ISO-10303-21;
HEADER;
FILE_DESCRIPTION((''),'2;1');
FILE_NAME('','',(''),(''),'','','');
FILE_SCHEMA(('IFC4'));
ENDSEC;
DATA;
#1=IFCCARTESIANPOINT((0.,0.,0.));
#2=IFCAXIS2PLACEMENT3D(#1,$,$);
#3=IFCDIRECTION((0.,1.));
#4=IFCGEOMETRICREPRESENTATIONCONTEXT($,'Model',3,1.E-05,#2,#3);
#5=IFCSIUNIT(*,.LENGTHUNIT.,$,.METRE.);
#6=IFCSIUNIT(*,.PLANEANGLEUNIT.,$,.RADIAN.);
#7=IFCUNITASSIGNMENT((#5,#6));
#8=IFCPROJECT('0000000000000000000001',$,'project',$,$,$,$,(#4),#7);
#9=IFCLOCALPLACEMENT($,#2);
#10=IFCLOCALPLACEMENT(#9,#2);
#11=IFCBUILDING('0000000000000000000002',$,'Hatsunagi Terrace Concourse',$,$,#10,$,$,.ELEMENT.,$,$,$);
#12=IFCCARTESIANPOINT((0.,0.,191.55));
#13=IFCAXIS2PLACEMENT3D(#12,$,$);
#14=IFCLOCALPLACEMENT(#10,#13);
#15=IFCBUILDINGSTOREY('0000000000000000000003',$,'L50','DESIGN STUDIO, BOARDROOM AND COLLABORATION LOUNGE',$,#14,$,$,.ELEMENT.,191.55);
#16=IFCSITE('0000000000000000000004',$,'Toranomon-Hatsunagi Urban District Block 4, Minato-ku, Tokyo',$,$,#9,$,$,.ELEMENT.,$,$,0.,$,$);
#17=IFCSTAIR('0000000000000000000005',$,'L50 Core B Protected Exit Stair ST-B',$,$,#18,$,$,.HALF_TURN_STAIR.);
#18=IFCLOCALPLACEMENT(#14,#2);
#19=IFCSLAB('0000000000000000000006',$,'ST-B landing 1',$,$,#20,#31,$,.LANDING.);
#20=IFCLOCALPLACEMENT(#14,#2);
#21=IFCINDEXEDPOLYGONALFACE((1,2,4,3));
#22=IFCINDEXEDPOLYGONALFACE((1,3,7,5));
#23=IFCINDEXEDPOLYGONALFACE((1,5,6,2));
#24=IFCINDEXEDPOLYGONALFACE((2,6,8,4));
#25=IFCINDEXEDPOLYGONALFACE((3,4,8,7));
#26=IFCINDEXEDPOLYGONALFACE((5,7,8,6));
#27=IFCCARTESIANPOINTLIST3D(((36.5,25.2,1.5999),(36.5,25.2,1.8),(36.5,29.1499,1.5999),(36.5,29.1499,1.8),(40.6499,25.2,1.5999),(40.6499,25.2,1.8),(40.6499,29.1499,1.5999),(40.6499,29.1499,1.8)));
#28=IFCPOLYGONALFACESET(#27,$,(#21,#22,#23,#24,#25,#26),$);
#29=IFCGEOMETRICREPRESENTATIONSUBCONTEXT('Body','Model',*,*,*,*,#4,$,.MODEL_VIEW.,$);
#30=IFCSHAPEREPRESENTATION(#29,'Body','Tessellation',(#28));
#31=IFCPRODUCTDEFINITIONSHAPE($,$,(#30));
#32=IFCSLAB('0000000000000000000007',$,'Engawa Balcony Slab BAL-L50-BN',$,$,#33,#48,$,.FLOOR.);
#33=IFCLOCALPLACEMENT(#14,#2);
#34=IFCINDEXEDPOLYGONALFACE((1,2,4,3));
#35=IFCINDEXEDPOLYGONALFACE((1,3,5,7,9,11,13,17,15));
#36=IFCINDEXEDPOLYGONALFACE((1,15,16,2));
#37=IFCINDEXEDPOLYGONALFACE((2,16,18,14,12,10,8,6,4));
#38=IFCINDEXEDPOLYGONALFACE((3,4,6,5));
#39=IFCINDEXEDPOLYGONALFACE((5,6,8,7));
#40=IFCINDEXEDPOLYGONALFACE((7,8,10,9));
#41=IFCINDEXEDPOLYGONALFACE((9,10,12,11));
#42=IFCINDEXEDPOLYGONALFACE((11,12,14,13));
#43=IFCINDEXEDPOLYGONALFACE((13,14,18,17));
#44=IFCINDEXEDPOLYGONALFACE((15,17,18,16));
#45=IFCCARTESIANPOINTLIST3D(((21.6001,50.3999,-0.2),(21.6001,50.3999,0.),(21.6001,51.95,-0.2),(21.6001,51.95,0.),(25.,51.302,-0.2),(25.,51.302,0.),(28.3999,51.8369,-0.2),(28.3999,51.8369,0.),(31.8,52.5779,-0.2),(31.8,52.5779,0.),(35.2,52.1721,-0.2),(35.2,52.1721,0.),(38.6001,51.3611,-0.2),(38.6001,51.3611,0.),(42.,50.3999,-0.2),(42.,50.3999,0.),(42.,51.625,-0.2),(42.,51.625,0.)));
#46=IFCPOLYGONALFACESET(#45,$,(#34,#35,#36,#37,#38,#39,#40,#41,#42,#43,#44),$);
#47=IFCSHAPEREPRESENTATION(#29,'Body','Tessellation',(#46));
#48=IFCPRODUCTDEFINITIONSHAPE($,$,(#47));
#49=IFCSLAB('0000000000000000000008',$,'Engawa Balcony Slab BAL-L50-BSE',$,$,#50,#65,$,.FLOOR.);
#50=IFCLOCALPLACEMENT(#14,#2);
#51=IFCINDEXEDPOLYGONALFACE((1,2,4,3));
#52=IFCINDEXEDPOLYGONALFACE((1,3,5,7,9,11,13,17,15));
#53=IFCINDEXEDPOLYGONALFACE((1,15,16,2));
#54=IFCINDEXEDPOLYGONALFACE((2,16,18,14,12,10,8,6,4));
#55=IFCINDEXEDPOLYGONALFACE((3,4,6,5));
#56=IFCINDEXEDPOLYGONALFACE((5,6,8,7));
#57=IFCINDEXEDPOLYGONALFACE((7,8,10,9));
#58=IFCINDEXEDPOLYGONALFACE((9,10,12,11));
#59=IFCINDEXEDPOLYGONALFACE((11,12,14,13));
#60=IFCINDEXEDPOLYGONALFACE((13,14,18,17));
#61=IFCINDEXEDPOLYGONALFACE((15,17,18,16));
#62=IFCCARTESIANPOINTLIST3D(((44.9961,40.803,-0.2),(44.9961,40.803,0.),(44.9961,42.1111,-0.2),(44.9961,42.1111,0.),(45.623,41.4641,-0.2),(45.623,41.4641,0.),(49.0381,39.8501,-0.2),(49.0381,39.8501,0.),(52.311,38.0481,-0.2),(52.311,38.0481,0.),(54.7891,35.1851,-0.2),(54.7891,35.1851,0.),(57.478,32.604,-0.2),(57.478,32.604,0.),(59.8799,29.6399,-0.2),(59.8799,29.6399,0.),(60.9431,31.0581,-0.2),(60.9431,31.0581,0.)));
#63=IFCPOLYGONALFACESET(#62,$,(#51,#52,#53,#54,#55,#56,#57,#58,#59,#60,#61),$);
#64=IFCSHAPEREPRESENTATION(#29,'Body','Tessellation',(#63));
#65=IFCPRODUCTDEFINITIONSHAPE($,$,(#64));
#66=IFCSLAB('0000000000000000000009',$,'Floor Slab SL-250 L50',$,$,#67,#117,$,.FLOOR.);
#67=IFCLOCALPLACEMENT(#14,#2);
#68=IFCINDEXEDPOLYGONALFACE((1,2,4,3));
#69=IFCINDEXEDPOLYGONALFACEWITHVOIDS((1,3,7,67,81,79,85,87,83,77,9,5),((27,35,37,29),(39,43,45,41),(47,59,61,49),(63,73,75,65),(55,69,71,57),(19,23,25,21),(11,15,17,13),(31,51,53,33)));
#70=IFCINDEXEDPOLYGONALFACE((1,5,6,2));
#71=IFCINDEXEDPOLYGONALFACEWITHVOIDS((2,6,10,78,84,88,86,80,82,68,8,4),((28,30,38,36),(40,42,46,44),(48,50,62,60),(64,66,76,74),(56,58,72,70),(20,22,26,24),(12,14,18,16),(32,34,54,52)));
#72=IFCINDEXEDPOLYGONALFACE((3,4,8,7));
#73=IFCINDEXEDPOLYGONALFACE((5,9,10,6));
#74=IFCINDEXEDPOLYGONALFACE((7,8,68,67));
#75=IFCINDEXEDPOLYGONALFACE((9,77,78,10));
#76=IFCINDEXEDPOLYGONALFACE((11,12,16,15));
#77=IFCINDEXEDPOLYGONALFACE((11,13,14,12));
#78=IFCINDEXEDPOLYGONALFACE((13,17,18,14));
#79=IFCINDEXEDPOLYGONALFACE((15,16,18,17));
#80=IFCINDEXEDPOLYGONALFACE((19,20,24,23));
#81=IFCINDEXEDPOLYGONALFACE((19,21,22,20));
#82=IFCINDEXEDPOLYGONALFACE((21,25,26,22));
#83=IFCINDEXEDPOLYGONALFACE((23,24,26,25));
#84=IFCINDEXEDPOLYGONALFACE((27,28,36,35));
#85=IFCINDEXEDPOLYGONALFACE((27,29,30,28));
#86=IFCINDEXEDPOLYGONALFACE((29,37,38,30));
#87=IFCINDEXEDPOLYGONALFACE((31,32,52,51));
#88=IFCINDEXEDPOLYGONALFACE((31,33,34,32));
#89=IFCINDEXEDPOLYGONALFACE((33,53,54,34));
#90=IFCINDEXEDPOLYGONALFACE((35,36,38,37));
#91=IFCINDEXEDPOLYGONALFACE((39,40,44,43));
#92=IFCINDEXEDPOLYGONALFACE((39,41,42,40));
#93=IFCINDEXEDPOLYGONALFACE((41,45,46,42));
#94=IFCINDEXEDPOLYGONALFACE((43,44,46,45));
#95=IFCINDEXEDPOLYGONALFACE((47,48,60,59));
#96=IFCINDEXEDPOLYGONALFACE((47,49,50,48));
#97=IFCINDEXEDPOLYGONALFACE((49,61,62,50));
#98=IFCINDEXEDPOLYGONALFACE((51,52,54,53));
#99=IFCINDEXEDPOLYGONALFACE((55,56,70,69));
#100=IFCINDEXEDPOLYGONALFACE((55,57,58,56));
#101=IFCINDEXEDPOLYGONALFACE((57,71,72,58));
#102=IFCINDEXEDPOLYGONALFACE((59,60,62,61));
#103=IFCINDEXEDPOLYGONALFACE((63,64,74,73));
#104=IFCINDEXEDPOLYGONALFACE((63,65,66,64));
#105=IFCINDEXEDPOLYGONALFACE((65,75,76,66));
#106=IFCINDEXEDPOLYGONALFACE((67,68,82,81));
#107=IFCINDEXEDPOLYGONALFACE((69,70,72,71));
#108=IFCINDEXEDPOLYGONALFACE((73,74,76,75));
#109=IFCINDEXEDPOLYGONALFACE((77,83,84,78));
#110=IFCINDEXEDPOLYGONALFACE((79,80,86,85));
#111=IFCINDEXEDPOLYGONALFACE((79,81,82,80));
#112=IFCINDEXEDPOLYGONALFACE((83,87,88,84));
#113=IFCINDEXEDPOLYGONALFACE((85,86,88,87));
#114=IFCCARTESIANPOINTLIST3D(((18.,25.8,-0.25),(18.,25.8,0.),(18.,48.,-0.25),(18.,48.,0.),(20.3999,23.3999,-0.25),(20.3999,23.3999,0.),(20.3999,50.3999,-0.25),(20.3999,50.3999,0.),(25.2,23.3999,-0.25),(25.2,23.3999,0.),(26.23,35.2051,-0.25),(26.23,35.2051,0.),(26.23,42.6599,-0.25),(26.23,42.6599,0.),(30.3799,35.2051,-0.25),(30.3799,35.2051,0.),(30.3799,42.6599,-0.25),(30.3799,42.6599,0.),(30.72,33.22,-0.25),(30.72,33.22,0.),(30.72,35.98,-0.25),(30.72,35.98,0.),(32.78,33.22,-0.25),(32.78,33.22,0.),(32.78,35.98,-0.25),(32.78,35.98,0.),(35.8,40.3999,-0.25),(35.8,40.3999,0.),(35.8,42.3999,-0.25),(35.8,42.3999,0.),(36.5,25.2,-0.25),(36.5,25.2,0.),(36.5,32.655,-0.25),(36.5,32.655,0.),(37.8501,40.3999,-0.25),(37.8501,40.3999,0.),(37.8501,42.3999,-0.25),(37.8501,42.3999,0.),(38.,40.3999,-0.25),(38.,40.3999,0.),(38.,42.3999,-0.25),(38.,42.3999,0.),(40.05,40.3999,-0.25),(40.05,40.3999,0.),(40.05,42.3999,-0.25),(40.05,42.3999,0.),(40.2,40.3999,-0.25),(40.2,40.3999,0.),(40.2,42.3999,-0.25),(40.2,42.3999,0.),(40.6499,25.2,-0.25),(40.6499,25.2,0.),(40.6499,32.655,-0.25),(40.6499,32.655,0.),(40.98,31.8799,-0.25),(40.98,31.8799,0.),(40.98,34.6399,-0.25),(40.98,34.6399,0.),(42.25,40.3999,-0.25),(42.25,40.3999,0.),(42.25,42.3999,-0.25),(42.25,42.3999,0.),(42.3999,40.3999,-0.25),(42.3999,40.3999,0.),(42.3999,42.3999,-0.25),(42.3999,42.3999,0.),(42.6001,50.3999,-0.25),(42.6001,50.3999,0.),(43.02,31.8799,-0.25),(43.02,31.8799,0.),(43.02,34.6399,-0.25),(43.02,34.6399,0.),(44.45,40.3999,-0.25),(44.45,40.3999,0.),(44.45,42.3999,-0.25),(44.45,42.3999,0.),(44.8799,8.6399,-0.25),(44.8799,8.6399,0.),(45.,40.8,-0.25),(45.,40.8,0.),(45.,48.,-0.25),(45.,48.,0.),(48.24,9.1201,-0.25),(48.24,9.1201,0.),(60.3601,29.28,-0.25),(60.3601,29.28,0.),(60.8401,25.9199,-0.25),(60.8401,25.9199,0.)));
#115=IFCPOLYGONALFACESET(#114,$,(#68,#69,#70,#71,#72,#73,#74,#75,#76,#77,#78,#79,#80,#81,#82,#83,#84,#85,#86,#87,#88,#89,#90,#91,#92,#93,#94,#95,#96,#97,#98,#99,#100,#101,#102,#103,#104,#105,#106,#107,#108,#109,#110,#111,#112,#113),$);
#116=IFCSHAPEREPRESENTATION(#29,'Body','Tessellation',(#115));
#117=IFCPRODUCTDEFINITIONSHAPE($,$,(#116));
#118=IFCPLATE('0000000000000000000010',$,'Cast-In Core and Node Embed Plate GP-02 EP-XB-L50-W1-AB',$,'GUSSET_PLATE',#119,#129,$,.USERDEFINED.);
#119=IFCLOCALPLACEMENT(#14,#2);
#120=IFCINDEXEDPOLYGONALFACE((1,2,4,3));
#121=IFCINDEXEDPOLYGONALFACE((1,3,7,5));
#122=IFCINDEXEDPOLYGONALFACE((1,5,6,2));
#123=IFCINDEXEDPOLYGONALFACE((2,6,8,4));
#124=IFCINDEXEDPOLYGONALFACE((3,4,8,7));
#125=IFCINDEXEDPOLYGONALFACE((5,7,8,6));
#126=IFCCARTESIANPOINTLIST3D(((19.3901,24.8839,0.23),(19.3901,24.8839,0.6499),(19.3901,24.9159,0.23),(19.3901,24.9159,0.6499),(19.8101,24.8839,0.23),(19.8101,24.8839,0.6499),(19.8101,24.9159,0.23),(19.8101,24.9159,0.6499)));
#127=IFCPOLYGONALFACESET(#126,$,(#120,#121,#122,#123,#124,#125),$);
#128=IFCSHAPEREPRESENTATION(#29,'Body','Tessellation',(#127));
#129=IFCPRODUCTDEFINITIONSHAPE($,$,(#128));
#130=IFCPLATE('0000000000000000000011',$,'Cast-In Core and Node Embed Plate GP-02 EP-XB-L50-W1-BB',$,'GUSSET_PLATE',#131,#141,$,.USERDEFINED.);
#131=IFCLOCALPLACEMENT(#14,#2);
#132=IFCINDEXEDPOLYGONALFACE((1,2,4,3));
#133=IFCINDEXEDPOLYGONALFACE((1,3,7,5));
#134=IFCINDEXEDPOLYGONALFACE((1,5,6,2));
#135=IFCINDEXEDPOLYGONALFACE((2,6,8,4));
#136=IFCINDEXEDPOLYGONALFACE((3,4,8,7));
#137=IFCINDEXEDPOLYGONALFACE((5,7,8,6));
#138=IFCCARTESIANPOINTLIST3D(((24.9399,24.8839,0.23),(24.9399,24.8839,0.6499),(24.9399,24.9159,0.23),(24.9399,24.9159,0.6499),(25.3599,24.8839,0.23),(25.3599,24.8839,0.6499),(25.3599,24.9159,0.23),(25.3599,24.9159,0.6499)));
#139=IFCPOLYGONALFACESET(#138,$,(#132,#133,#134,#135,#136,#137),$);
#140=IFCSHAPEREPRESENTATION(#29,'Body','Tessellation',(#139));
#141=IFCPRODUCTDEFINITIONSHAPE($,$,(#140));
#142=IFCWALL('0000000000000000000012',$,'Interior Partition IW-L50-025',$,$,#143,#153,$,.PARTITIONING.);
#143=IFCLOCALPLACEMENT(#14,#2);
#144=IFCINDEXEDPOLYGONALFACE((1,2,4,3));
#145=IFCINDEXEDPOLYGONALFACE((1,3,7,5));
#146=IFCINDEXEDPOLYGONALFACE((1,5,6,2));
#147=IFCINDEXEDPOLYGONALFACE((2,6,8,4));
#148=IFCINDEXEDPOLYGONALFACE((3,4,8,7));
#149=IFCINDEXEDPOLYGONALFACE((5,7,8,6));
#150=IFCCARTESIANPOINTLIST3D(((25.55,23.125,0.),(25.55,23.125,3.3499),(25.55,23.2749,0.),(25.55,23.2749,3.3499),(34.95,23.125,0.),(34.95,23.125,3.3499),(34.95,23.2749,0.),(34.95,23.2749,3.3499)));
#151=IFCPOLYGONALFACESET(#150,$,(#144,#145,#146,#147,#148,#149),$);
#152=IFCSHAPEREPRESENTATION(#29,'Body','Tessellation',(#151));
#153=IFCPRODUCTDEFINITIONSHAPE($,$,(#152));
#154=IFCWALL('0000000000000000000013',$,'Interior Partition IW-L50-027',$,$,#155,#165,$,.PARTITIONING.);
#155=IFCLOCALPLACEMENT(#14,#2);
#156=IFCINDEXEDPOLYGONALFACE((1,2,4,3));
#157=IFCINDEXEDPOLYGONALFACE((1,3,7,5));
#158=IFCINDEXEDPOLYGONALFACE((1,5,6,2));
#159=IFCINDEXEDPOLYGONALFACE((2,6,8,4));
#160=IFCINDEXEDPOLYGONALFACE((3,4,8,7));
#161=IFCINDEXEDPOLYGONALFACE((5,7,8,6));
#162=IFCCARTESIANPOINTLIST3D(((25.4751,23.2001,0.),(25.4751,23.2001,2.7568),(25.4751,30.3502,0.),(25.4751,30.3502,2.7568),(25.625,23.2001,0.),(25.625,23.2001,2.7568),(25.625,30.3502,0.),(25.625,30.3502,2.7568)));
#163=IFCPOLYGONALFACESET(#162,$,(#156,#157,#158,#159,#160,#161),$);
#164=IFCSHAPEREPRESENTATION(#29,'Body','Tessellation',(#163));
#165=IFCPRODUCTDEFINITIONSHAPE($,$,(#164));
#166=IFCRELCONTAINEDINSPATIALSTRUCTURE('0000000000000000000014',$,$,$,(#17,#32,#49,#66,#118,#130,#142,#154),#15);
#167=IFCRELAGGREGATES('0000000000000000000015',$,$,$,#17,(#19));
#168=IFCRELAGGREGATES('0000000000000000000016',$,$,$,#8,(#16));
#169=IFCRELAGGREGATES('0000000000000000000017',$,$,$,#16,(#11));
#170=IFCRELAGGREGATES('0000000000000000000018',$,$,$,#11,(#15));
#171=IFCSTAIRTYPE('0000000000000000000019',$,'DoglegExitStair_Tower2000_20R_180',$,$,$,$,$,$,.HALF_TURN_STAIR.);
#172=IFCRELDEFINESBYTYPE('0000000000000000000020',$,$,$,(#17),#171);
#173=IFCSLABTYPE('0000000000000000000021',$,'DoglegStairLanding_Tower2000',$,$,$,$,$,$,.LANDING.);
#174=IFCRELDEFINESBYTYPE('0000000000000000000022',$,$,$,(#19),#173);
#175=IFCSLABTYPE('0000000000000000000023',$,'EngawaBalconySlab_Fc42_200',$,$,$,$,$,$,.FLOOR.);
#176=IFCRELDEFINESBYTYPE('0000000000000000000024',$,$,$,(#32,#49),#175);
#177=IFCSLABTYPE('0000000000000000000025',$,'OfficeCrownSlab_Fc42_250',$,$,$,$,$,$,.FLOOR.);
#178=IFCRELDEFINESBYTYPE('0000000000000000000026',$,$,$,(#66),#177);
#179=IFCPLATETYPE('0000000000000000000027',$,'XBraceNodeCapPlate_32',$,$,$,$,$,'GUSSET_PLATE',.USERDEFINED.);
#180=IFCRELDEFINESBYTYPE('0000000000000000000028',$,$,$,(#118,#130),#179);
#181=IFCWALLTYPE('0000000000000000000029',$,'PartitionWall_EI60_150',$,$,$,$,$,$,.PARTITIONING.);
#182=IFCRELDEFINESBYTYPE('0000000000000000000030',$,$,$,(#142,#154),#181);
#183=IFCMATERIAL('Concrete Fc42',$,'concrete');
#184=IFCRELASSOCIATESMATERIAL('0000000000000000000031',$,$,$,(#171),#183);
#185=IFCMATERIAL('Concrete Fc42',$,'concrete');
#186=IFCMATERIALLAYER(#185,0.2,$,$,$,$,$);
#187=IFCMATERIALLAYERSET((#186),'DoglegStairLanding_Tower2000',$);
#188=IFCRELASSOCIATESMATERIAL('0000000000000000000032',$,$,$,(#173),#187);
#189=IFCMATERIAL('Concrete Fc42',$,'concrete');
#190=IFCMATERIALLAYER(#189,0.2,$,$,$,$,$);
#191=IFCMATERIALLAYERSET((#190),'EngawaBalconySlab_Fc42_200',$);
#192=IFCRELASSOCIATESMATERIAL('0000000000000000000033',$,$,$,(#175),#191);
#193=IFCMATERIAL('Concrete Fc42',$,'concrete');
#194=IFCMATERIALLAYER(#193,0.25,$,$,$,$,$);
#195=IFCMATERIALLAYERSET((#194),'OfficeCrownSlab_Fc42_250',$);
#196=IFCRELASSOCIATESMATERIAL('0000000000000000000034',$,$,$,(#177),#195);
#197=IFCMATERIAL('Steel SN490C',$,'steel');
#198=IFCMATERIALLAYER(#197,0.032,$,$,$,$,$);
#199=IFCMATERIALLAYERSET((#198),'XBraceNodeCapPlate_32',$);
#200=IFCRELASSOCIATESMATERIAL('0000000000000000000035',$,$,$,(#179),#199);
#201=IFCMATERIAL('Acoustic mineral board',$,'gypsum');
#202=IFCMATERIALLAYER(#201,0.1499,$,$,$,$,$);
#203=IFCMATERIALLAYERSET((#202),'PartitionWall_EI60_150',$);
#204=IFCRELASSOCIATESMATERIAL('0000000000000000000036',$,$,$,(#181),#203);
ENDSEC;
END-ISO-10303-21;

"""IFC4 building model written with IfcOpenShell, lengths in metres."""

from ifc_helpers import new_model, si_unit, direction, frame, frame_2d, origin, origin_2d, place, context, subcontext, project, spatial, polyline, rectangle, outline, extrude, material, layer, layer_set, type_object, element, aggregate, save


model = new_model("IFC4")

# Units and contexts
model_context = context("Model", 3, precision=1e-05, world=origin(), true_north=direction((0.0, 1.0)))
body_context = subcontext(model_context, "Body", "Model", "MODEL_VIEW")
ifc_project = project(units=[si_unit("LENGTHUNIT", "METRE"), si_unit("PLANEANGLEUNIT", "RADIAN")], contexts=[model_context])

# Site, building, storey
site_placement = place(None, origin())
site = spatial("IfcSite", under=ifc_project, at=site_placement, Name="Toranomon-Hatsunagi Urban District Block 4, Minato-ku, Tokyo", CompositionType="ELEMENT", RefElevation=0.0)
building_placement = place(site_placement, origin())
building = spatial("IfcBuilding", under=site, at=building_placement, Name="Hatsunagi Terrace Concourse", CompositionType="ELEMENT")
storey_placement = place(building_placement, frame((0.0, 0.0, 191.55)))
storey = spatial("IfcBuildingStorey", under=building, at=storey_placement, Name="L50", Description="DESIGN STUDIO, BOARDROOM AND COLLABORATION LOUNGE", CompositionType="ELEMENT", Elevation=191.55)

# Stair, slab
ifc_material_1 = material(Name="Concrete Fc42", Category="concrete")
stair_type = type_object("IfcStairType", Name="DoglegExitStair_Tower2000_20R_180", PredefinedType="HALF_TURN_STAIR", material=ifc_material_1)
ifc_material_2 = material(Name="Concrete Fc42", Category="concrete")
ifc_layer_1 = layer(ifc_material_2, 0.2)
ifc_layer_set_1 = layer_set([ifc_layer_1], Name="DoglegStairLanding_Tower2000")
slab_type_1 = type_object("IfcSlabType", Name="DoglegStairLanding_Tower2000", PredefinedType="LANDING", material=ifc_layer_set_1)
stair_1_placement = place(storey_placement, origin())
stair_1 = element("IfcStair", 1, at=stair_1_placement, inside=storey, type_object=stair_type, Name="L50 Core B Protected Exit Stair ST-B", PredefinedType="HALF_TURN_STAIR")
slab_1_placement = place(storey_placement, frame((0.0, 0.0, 1.5999)))
slab_1 = element("IfcSlab", 2, at=slab_1_placement, type_object=slab_type_1, Name="ST-B landing 1", PredefinedType="LANDING", context=body_context, shape_type="SweptSolid", body=[
    extrude(outline(polyline([(36.5, 29.1499), (36.5, 25.2), (40.6499, 25.2), (40.6499, 29.1499), (36.5, 29.1499)])), origin(), (0.0, 0.0, 1.0), 0.2002),
])
aggregate(stair_1, [slab_1])

# Slabs
ifc_material_3 = material(Name="Concrete Fc42", Category="concrete")
ifc_layer_2 = layer(ifc_material_3, 0.2)
ifc_layer_set_2 = layer_set([ifc_layer_2], Name="EngawaBalconySlab_Fc42_200")
slab_type_2 = type_object("IfcSlabType", Name="EngawaBalconySlab_Fc42_200", PredefinedType="FLOOR", material=ifc_layer_set_2)
slab_2_placement = place(storey_placement, frame((0.0, 0.0, -0.2)))
element("IfcSlab", 3, at=slab_2_placement, inside=storey, type_object=slab_type_2, Name="Engawa Balcony Slab BAL-L50-BN", PredefinedType="FLOOR", context=body_context, shape_type="SweptSolid", body=[
    extrude(outline(polyline([(21.6001, 51.95), (21.6001, 50.3999), (42.0, 50.3999), (42.0, 51.625), (38.6001, 51.3611), (35.2, 52.1721), (31.8, 52.5779), (28.3999, 51.8369), (25.0, 51.302), (21.6001, 51.95)])), origin(), (0.0, 0.0, 1.0), 0.2),
])
slab_3_placement = place(storey_placement, frame((0.0, 0.0, -0.2)))
element("IfcSlab", 4, at=slab_3_placement, inside=storey, type_object=slab_type_2, Name="Engawa Balcony Slab BAL-L50-BSE", PredefinedType="FLOOR", context=body_context, shape_type="SweptSolid", body=[
    extrude(outline(polyline([(45.623, 41.4641), (44.9961, 42.1111), (44.9961, 40.803), (59.8799, 29.6399), (60.9431, 31.0581), (57.478, 32.604), (54.7891, 35.1851), (52.311, 38.0481), (49.0381, 39.8501), (45.623, 41.4641)])), origin(), (0.0, 0.0, 1.0), 0.2),
])
ifc_material_4 = material(Name="Concrete Fc42", Category="concrete")
ifc_layer_3 = layer(ifc_material_4, 0.25)
ifc_layer_set_3 = layer_set([ifc_layer_3], Name="OfficeCrownSlab_Fc42_250")
slab_type_3 = type_object("IfcSlabType", Name="OfficeCrownSlab_Fc42_250", PredefinedType="FLOOR", material=ifc_layer_set_3)
slab_4_placement = place(storey_placement, frame((0.0, 0.0, -0.25)))
element("IfcSlab", 5, at=slab_4_placement, inside=storey, type_object=slab_type_3, Name="Floor Slab SL-250 L50", PredefinedType="FLOOR", context=body_context, shape_type="SweptSolid", body=[
    extrude(outline(polyline([(45.0, 40.8), (45.0, 48.0), (42.6001, 50.3999), (20.3999, 50.3999), (18.0, 48.0), (18.0, 25.8), (20.3999, 23.3999), (25.2, 23.3999), (44.8799, 8.6399), (48.24, 9.1201), (60.8401, 25.9199), (60.3601, 29.28), (45.0, 40.8)]), holes=[polyline([(26.23, 35.2051), (30.3799, 35.2051), (30.3799, 42.6599), (26.23, 42.6599), (26.23, 35.2051)]), polyline([(36.5, 25.2), (40.6499, 25.2), (40.6499, 32.655), (36.5, 32.655), (36.5, 25.2)]), polyline([(30.72, 33.22), (32.78, 33.22), (32.78, 35.98), (30.72, 35.98), (30.72, 33.22)]), polyline([(40.98, 31.8799), (43.02, 31.8799), (43.02, 34.6399), (40.98, 34.6399), (40.98, 31.8799)]), polyline([(35.8, 40.3999), (37.8501, 40.3999), (37.8501, 42.3999), (35.8, 42.3999), (35.8, 40.3999)]), polyline([(38.0, 40.3999), (40.05, 40.3999), (40.05, 42.3999), (38.0, 42.3999), (38.0, 40.3999)]), polyline([(40.2, 40.3999), (42.25, 40.3999), (42.25, 42.3999), (40.2, 42.3999), (40.2, 40.3999)]), polyline([(42.3999, 40.3999), (44.45, 40.3999), (44.45, 42.3999), (42.3999, 42.3999), (42.3999, 40.3999)])]), origin(), (0.0, 0.0, 1.0), 0.25),
])

# Plates
ifc_material_5 = material(Name="Steel SN490C", Category="steel")
ifc_layer_4 = layer(ifc_material_5, 0.032)
ifc_layer_set_4 = layer_set([ifc_layer_4], Name="XBraceNodeCapPlate_32")
plate_type = type_object("IfcPlateType", Name="XBraceNodeCapPlate_32", ElementType="GUSSET_PLATE", PredefinedType="USERDEFINED", material=ifc_layer_set_4)
for number, where, z_axis, x_axis, name in (
    (6, (19.6001, 24.8999, 0.23), (0.0, 0.0, 1.0), (1.0, 0.0, 0.0), "Cast-In Core and Node Embed Plate GP-02 EP-XB-L50-W1-AB"),
    (7, (25.1499, 24.8999, 0.23), (0.0, 0.0, 1.0), (1.0, 0.0, 0.0), "Cast-In Core and Node Embed Plate GP-02 EP-XB-L50-W1-BB"),
):
    element("IfcPlate", number, at=place(storey_placement, frame(where, z_axis=z_axis, x_axis=x_axis)), inside=storey, type_object=plate_type, Name=name, ObjectType="GUSSET_PLATE", PredefinedType="USERDEFINED", context=body_context, shape_type="SweptSolid", body=[
        extrude(rectangle(XDim=0.4199, YDim=0.032, at=origin_2d()), origin(), (0.0, 0.0, 1.0), 0.4199),
    ])

# Walls
ifc_material_6 = material(Name="Acoustic mineral board", Category="gypsum")
ifc_layer_5 = layer(ifc_material_6, 0.1499)
ifc_layer_set_5 = layer_set([ifc_layer_5], Name="PartitionWall_EI60_150")
wall_type_1 = type_object("IfcWallType", Name="PartitionWall_EI60_150", PredefinedType="PARTITIONING", material=ifc_layer_set_5)
wall_1_placement = place(storey_placement, frame((25.55, 23.2, 0.0), z_axis=(0.0, 0.0, 1.0), x_axis=(1.0, 0.0, 0.0)))
element("IfcWall", 8, at=wall_1_placement, inside=storey, type_object=wall_type_1, Name="Interior Partition IW-L50-025", PredefinedType="PARTITIONING", context=body_context, shape_type="SweptSolid", body=[
    extrude(rectangle(XDim=9.3999, YDim=0.1499, at=frame_2d((4.7, 0.0))), origin(), (0.0, 0.0, 1.0), 3.3499),
])
wall_2_placement = place(storey_placement, frame((25.55, 23.2, 0.0), z_axis=(0.0, 0.0, 1.0), x_axis=(0.0, 1.0, 0.0)))
element("IfcWall", 9, at=wall_2_placement, inside=storey, type_object=wall_type_1, Name="Interior Partition IW-L50-027", PredefinedType="PARTITIONING", context=body_context, shape_type="SweptSolid", body=[
    extrude(rectangle(XDim=7.1501, YDim=0.1499, at=frame_2d((3.5752, 0.0))), origin(), (0.0, 0.0, 1.0), 2.7568),
])

save(model, "model.ifc")
